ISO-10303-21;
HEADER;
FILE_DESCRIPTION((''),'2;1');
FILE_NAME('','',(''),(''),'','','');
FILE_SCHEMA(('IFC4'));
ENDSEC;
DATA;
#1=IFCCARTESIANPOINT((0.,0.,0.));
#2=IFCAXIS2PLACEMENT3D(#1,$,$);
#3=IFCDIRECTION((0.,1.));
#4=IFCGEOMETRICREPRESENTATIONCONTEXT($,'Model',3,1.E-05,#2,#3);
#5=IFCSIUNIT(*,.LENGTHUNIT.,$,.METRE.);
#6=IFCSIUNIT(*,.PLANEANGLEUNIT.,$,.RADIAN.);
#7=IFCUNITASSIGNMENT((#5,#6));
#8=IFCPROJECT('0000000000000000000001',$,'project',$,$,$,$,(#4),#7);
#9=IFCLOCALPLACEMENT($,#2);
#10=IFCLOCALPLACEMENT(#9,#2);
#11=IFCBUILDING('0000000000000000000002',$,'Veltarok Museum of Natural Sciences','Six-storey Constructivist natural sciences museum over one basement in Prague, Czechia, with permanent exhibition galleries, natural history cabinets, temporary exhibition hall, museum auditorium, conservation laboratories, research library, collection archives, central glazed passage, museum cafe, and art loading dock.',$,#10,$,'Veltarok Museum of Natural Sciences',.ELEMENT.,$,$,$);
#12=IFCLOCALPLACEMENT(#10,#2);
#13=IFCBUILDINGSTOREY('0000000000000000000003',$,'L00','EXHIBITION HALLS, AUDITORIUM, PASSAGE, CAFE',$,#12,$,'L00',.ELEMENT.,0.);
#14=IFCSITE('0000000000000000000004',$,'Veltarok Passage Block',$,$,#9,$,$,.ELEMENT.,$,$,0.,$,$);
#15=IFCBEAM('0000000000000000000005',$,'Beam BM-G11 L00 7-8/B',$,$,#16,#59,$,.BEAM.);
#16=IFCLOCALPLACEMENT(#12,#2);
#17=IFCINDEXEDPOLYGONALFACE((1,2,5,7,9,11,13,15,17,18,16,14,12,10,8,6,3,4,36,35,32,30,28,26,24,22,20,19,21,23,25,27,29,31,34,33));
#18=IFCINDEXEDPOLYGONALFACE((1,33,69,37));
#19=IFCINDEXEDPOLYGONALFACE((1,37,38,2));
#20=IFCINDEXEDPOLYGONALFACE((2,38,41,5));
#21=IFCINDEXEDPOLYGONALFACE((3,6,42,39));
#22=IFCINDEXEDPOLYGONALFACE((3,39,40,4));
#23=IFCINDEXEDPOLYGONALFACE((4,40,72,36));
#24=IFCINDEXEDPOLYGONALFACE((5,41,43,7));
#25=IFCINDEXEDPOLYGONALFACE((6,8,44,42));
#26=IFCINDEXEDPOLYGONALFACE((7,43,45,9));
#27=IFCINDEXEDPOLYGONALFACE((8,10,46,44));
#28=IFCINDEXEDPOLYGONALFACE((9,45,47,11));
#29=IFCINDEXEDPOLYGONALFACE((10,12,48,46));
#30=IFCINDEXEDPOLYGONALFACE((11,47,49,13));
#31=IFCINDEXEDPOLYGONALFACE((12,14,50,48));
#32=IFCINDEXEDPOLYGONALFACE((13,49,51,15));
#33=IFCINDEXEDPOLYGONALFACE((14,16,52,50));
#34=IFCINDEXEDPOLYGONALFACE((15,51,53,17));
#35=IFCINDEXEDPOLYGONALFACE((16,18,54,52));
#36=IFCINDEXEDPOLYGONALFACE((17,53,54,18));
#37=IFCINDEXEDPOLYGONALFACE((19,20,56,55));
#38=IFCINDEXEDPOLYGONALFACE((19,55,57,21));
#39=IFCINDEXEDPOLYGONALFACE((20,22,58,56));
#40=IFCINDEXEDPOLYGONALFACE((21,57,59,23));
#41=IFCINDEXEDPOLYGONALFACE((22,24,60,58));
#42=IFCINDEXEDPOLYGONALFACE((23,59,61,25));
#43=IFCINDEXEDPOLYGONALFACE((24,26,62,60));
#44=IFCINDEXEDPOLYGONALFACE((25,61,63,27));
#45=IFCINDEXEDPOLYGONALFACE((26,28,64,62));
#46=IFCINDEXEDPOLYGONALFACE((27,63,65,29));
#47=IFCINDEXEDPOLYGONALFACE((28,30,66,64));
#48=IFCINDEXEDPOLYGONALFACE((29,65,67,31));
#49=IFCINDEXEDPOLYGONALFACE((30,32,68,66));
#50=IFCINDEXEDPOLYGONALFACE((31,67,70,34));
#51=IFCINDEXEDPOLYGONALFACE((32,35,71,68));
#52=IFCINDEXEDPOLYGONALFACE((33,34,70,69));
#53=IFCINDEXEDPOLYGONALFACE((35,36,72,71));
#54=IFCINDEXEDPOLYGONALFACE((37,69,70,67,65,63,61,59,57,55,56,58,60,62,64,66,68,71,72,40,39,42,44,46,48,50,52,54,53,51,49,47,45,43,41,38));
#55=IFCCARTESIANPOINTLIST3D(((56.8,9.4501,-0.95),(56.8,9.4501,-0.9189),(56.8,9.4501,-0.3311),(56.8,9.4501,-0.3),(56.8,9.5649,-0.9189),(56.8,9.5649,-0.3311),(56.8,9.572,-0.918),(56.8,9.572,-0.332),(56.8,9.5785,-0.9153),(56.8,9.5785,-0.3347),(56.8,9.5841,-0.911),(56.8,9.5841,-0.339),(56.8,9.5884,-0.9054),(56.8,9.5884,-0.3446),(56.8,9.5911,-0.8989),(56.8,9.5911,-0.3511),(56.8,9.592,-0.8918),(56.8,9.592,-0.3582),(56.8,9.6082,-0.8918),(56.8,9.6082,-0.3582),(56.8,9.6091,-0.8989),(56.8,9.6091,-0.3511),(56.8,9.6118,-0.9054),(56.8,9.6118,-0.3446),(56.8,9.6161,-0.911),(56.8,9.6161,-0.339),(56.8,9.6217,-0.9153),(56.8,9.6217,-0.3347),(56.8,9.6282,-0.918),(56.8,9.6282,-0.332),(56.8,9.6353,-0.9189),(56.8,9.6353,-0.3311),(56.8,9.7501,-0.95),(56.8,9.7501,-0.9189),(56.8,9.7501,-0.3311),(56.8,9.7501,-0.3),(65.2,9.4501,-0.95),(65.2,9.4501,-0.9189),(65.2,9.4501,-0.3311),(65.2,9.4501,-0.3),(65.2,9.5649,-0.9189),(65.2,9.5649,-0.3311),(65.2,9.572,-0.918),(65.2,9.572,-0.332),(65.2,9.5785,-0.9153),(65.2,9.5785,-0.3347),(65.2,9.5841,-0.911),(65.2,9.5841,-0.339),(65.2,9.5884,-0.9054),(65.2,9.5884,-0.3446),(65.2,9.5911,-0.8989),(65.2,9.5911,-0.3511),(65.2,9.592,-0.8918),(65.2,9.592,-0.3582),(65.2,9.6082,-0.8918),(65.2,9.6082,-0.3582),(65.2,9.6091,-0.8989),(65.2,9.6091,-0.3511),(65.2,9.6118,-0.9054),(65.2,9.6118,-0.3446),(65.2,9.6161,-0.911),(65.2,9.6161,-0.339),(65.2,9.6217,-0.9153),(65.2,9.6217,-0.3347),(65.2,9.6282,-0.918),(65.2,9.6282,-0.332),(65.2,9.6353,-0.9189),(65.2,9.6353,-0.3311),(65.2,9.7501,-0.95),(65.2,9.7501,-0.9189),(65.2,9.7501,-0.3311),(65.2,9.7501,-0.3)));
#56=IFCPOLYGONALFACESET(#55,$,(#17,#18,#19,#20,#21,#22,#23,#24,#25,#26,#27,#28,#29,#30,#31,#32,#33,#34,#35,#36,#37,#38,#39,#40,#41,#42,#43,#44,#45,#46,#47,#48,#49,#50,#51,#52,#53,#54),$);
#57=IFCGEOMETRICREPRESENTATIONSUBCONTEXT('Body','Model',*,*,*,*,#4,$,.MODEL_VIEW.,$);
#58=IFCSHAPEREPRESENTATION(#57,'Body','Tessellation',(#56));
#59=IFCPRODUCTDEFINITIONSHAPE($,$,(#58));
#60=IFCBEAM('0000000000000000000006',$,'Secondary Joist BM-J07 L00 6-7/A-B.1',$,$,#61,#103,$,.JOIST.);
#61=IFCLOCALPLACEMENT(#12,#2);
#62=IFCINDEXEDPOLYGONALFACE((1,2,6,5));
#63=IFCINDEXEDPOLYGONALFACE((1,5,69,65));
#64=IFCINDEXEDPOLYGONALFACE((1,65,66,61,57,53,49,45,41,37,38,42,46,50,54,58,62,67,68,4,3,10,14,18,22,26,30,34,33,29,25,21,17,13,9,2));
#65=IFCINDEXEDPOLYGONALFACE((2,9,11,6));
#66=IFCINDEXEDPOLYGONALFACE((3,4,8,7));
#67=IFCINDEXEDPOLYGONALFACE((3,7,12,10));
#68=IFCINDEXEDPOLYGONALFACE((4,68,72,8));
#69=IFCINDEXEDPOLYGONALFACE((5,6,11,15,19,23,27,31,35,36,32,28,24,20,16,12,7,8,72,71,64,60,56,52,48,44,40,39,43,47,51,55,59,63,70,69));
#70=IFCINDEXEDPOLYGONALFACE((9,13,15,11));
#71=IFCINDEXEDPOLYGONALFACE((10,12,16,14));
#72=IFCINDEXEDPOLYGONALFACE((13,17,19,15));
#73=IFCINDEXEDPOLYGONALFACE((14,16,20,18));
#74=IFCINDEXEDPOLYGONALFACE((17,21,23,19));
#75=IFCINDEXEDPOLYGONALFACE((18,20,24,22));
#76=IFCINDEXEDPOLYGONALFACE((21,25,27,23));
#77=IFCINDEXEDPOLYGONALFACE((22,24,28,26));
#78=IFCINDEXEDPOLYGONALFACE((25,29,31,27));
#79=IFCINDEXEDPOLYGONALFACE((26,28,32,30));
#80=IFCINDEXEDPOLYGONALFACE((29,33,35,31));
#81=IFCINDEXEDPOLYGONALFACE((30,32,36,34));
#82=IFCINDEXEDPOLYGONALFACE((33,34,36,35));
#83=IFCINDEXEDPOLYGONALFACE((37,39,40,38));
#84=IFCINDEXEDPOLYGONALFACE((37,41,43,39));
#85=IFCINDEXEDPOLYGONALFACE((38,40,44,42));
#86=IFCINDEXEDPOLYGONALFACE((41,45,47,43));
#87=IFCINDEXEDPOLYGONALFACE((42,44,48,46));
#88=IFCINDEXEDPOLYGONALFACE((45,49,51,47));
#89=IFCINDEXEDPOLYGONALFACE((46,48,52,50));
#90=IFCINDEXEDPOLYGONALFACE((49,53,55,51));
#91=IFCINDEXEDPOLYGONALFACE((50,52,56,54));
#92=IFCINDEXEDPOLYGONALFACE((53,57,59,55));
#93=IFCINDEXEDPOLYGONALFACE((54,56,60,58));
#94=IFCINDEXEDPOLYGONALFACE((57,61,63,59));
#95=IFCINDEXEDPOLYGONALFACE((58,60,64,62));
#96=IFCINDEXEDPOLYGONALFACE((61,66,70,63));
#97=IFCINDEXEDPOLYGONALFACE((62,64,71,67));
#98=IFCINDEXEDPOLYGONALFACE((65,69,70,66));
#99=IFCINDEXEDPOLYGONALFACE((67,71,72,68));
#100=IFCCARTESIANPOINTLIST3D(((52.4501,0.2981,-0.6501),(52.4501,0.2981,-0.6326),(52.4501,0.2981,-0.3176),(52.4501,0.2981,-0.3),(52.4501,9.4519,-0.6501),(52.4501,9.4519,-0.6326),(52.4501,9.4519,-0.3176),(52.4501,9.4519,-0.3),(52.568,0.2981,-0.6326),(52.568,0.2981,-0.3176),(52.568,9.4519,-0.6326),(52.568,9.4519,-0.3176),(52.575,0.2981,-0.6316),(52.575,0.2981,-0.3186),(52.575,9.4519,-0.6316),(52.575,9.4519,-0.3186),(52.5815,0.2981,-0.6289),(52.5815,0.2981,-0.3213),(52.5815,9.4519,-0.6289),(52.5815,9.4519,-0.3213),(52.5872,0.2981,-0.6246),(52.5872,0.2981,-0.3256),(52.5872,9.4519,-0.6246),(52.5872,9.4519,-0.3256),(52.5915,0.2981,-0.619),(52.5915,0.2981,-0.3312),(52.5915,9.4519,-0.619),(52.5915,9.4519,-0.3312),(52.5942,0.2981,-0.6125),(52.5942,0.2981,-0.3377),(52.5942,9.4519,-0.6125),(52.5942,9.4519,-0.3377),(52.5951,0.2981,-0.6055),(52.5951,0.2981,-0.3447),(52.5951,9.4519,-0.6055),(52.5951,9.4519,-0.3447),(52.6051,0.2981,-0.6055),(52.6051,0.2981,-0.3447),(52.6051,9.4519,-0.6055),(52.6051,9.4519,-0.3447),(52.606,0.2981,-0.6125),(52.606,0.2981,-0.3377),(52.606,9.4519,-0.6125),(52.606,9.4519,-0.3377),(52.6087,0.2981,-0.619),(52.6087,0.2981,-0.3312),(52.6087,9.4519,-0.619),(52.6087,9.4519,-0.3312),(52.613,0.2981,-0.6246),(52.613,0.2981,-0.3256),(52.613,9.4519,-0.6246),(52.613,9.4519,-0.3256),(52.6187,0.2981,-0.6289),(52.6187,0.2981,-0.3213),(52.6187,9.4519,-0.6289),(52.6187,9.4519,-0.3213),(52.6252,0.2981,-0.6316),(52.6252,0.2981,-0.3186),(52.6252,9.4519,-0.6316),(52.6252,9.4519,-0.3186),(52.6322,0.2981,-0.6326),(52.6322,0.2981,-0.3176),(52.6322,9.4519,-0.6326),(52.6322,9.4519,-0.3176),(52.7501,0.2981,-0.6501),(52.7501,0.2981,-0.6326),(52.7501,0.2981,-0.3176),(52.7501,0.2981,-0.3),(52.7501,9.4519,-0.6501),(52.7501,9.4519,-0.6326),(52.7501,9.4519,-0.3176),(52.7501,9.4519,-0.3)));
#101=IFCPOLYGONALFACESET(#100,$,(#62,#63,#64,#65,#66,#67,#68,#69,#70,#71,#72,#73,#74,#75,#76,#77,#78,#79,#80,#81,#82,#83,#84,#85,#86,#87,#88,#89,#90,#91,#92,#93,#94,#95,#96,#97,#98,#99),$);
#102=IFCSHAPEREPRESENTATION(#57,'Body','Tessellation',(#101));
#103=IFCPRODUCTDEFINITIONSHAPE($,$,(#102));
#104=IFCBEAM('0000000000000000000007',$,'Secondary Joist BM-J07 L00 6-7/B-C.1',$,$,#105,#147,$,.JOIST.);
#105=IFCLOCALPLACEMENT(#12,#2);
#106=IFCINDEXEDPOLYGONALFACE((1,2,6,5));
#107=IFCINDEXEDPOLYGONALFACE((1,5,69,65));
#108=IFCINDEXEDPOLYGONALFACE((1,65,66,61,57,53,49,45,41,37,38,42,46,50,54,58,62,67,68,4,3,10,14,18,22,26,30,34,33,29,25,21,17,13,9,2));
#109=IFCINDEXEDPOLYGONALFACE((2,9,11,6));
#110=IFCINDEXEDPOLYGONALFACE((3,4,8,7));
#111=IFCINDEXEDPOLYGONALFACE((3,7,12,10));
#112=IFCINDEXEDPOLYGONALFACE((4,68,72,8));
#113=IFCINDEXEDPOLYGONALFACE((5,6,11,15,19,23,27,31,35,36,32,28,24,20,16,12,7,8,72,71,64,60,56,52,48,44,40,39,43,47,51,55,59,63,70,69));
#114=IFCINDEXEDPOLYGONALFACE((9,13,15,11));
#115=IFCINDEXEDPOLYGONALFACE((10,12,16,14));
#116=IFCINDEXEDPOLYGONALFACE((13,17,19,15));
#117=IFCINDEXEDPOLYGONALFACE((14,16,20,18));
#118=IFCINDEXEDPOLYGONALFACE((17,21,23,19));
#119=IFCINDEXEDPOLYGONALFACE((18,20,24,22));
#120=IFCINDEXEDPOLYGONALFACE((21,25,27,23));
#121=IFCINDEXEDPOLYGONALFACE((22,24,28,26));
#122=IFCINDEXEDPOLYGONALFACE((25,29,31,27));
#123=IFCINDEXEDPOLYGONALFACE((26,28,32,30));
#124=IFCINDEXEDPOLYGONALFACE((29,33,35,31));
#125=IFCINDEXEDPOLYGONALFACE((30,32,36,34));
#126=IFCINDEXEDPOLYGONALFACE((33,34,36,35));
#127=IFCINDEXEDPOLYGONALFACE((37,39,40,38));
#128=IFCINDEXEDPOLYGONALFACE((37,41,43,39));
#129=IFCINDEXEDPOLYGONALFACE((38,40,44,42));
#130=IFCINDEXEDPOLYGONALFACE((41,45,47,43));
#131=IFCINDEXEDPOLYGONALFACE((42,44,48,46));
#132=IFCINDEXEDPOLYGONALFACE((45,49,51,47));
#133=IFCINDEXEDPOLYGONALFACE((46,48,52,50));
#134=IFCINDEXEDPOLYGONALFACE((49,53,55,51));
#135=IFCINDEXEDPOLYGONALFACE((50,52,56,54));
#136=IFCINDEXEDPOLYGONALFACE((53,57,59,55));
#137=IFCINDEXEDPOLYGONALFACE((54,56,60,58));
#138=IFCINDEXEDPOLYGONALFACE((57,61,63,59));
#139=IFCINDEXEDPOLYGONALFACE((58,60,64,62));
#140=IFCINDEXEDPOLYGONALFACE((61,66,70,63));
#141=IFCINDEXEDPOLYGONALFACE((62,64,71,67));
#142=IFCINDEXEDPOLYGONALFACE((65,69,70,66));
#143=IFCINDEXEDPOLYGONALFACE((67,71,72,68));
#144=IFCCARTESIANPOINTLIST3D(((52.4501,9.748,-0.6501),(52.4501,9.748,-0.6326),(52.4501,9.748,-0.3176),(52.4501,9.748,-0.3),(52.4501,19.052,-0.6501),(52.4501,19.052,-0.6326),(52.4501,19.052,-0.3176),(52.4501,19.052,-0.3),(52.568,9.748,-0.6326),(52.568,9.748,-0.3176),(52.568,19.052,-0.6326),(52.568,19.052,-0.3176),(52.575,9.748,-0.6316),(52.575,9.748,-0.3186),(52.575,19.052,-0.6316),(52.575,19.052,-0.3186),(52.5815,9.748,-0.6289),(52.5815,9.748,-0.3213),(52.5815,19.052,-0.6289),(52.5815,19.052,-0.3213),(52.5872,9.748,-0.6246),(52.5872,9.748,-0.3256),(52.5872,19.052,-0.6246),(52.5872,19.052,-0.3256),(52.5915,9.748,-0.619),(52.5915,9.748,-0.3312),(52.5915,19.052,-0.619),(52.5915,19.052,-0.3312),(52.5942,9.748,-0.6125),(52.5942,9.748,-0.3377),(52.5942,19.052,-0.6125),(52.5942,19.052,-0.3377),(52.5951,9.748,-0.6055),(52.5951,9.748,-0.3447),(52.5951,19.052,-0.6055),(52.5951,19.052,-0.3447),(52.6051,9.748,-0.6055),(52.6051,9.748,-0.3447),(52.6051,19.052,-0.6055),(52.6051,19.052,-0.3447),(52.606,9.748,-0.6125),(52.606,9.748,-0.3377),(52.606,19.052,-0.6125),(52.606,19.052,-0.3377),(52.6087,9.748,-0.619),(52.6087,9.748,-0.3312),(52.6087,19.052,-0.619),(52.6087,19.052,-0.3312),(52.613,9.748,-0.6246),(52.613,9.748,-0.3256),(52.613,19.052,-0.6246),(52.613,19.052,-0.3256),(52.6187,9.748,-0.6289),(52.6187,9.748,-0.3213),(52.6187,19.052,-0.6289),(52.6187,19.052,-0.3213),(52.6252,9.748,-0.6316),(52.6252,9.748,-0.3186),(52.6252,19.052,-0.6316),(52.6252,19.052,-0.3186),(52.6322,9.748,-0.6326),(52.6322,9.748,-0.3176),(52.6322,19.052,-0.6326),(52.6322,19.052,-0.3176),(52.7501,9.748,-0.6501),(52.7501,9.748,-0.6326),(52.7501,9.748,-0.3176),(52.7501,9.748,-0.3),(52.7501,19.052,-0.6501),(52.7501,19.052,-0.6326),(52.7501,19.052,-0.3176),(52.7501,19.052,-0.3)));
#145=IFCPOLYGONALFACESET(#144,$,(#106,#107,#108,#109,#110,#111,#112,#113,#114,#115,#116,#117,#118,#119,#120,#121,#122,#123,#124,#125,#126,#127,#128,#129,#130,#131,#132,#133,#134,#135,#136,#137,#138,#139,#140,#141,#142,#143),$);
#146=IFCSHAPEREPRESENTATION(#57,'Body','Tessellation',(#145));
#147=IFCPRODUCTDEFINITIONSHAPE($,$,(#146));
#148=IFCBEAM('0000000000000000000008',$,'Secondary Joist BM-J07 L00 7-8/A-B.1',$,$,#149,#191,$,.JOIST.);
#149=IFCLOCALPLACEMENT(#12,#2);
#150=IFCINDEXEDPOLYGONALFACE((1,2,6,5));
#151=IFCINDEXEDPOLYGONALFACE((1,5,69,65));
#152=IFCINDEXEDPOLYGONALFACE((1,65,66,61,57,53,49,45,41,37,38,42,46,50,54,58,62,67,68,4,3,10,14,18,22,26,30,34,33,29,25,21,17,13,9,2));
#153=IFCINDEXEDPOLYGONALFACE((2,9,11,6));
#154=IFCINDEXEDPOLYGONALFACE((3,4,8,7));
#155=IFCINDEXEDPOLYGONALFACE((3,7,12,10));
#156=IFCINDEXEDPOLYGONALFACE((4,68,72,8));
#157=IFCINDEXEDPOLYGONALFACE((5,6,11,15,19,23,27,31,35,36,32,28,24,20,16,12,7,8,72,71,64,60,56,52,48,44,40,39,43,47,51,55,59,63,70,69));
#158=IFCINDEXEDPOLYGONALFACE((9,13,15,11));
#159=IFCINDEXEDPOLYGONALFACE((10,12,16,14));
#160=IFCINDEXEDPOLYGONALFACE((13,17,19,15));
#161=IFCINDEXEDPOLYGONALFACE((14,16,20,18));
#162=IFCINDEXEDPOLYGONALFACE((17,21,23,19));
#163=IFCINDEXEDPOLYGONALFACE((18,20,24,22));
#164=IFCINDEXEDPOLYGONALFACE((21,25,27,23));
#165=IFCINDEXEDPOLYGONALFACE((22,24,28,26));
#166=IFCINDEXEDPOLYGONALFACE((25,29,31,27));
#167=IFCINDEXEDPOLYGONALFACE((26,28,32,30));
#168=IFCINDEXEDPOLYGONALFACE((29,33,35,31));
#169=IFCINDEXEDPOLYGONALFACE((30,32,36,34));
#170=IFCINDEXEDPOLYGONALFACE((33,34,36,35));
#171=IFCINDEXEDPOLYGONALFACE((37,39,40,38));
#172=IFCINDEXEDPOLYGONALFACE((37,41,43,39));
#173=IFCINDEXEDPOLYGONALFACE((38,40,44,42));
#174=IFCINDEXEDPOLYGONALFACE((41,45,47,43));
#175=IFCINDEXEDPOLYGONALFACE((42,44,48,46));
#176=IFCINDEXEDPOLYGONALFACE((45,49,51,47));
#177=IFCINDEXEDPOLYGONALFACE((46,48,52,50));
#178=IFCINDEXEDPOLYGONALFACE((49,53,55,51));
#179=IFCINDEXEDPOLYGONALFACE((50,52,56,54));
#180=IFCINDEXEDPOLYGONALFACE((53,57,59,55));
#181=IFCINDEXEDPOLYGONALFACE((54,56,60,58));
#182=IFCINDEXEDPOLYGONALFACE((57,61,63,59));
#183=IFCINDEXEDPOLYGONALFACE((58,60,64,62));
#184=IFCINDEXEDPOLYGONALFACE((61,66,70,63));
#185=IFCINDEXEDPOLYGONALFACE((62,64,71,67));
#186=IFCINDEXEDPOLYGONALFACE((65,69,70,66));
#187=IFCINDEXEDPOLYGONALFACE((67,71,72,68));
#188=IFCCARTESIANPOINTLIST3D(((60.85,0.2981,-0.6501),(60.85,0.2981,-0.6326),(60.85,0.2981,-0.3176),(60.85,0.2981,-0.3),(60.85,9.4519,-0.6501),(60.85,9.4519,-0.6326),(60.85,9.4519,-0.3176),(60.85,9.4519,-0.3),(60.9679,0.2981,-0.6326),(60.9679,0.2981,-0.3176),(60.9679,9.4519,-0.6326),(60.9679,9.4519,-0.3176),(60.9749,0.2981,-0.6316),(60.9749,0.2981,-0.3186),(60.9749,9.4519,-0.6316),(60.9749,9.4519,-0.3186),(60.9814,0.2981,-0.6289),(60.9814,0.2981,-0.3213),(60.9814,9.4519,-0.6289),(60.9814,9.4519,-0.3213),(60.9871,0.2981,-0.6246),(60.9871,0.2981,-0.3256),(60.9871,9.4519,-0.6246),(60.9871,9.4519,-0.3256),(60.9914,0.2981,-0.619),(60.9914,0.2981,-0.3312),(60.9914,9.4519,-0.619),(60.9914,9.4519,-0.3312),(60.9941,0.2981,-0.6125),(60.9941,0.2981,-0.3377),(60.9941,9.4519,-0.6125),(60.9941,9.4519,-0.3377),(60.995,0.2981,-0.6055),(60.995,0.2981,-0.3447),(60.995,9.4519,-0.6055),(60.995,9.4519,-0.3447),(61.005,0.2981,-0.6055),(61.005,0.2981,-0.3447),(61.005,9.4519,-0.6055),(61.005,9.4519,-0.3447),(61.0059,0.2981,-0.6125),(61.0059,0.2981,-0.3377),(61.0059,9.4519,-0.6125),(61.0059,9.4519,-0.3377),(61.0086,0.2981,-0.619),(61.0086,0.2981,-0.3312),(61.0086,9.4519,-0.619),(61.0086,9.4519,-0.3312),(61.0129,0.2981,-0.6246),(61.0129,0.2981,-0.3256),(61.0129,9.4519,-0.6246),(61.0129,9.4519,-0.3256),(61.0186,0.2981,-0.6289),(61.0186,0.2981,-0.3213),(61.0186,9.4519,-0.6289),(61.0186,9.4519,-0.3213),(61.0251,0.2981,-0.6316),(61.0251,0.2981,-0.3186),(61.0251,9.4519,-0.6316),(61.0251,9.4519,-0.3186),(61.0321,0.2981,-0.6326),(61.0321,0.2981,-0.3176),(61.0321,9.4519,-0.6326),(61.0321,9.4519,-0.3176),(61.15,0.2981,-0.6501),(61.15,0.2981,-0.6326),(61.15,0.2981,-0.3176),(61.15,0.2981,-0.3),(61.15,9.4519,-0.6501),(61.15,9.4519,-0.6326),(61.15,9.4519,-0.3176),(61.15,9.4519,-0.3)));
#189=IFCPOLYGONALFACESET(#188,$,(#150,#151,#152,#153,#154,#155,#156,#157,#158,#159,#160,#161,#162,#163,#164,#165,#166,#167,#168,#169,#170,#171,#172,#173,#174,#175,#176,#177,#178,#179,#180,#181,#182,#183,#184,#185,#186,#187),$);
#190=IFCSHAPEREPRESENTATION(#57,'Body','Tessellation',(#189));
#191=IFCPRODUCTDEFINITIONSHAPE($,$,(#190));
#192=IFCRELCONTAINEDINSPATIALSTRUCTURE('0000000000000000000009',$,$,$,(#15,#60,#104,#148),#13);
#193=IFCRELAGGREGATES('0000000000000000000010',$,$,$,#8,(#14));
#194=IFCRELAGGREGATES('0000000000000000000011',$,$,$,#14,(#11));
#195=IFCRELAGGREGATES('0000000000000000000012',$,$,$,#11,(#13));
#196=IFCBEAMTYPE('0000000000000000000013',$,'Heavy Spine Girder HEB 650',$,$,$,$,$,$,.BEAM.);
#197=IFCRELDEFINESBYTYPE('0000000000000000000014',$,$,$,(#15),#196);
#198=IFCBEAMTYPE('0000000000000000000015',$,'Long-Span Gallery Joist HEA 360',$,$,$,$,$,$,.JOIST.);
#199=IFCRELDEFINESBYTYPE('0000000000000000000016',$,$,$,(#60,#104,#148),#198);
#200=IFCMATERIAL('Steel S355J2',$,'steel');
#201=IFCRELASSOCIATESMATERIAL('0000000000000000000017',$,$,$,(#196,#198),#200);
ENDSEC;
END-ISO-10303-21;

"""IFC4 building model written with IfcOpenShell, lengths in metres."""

from ifc_helpers import new_model, si_unit, direction, frame, origin, origin_2d, place, context, subcontext, project, spatial, i_section, extrude, material, material_profile, profile_set, type_object, element, save


model = new_model("IFC4")

# Units and contexts
model_context = context("Model", 3, precision=1e-05, world=origin(), true_north=direction((0.0, 1.0)))
body_context = subcontext(model_context, "Body", "Model", "MODEL_VIEW")
ifc_project = project(units=[si_unit("LENGTHUNIT", "METRE"), si_unit("PLANEANGLEUNIT", "RADIAN")], contexts=[model_context])

# Site, building, storey
site_placement = place(None, origin())
site = spatial("IfcSite", under=ifc_project, at=site_placement, Name="Veltarok Passage Block", CompositionType="ELEMENT", RefElevation=0.0)
building_placement = place(site_placement, origin())
building = spatial("IfcBuilding", under=site, at=building_placement, Name="Veltarok Museum of Natural Sciences", Description="Six-storey Constructivist natural sciences museum over one basement in Prague, Czechia, with permanent exhibition galleries, natural history cabinets, temporary exhibition hall, museum auditorium, conservation laboratories, research library, collection archives, central glazed passage, museum cafe, and art loading dock.", LongName="Veltarok Museum of Natural Sciences", CompositionType="ELEMENT")
storey_placement = place(building_placement, origin())
storey = spatial("IfcBuildingStorey", under=building, at=storey_placement, Name="L00", Description="EXHIBITION HALLS, AUDITORIUM, PASSAGE, CAFE", LongName="L00", CompositionType="ELEMENT", Elevation=0.0)

# Shared definitions
ifc_material_1 = material(Name="Steel S355J2", Category="steel")

# Beams
ifc_material_profile_1 = material_profile(ifc_material_1, i_section(OverallWidth=0.3, OverallDepth=0.6499, WebThickness=0.0161, FlangeThickness=0.031, FilletRadius=0.0271, at=origin_2d()), Name="HEB 650")
ifc_profile_set_1 = profile_set([ifc_material_profile_1], Name="Steel S355J2")
beam_type_1 = type_object("IfcBeamType", Name="Heavy Spine Girder HEB 650", PredefinedType="BEAM", material=ifc_profile_set_1)
beam_1_placement = place(storey_placement, frame((56.8, 9.6001, -0.625), z_axis=(1.0, 0.0, 0.0), x_axis=(0.0, 1.0, 0.0)))
element("IfcBeam", 1, at=beam_1_placement, inside=storey, type_object=beam_type_1, Name="Beam BM-G11 L00 7-8/B", PredefinedType="BEAM", context=body_context, shape_type="SweptSolid", body=[
    extrude(i_section(OverallWidth=0.3, OverallDepth=0.6499, WebThickness=0.0161, FlangeThickness=0.031, FilletRadius=0.0271, at=origin_2d()), origin(), (0.0, 0.0, 1.0), 8.3999),
])
ifc_material_profile_2 = material_profile(ifc_material_1, i_section(OverallWidth=0.3, OverallDepth=0.3501, WebThickness=0.01, FlangeThickness=0.0176, FilletRadius=0.0271, at=origin_2d()), Name="HEA 360")
ifc_profile_set_2 = profile_set([ifc_material_profile_2], Name="Steel S355J2")
beam_type_2 = type_object("IfcBeamType", Name="Long-Span Gallery Joist HEA 360", PredefinedType="JOIST", material=ifc_profile_set_2)
beam_2_placement = place(storey_placement, frame((52.6001, 0.2981, -0.4751), z_axis=(0.0, 1.0, 0.0), x_axis=(-1.0, 0.0, 0.0)))
element("IfcBeam", 2, at=beam_2_placement, inside=storey, type_object=beam_type_2, Name="Secondary Joist BM-J07 L00 6-7/A-B.1", PredefinedType="JOIST", context=body_context, shape_type="SweptSolid", body=[
    extrude(i_section(OverallWidth=0.3, OverallDepth=0.3501, WebThickness=0.01, FlangeThickness=0.0176, FilletRadius=0.0271, at=origin_2d()), origin(), (0.0, 0.0, 1.0), 9.1538),
])
beam_3_placement = place(storey_placement, frame((52.6001, 9.748, -0.4751), z_axis=(0.0, 1.0, 0.0), x_axis=(-1.0, 0.0, 0.0)))
element("IfcBeam", 3, at=beam_3_placement, inside=storey, type_object=beam_type_2, Name="Secondary Joist BM-J07 L00 6-7/B-C.1", PredefinedType="JOIST", context=body_context, shape_type="SweptSolid", body=[
    extrude(i_section(OverallWidth=0.3, OverallDepth=0.3501, WebThickness=0.01, FlangeThickness=0.0176, FilletRadius=0.0271, at=origin_2d()), origin(), (0.0, 0.0, 1.0), 9.304),
])
beam_4_placement = place(storey_placement, frame((61.0, 0.2981, -0.4751), z_axis=(0.0, 1.0, 0.0), x_axis=(-1.0, 0.0, 0.0)))
element("IfcBeam", 4, at=beam_4_placement, inside=storey, type_object=beam_type_2, Name="Secondary Joist BM-J07 L00 7-8/A-B.1", PredefinedType="JOIST", context=body_context, shape_type="SweptSolid", body=[
    extrude(i_section(OverallWidth=0.3, OverallDepth=0.3501, WebThickness=0.01, FlangeThickness=0.0176, FilletRadius=0.0271, at=origin_2d()), origin(), (0.0, 0.0, 1.0), 9.1538),
])

save(model, "model.ifc")
